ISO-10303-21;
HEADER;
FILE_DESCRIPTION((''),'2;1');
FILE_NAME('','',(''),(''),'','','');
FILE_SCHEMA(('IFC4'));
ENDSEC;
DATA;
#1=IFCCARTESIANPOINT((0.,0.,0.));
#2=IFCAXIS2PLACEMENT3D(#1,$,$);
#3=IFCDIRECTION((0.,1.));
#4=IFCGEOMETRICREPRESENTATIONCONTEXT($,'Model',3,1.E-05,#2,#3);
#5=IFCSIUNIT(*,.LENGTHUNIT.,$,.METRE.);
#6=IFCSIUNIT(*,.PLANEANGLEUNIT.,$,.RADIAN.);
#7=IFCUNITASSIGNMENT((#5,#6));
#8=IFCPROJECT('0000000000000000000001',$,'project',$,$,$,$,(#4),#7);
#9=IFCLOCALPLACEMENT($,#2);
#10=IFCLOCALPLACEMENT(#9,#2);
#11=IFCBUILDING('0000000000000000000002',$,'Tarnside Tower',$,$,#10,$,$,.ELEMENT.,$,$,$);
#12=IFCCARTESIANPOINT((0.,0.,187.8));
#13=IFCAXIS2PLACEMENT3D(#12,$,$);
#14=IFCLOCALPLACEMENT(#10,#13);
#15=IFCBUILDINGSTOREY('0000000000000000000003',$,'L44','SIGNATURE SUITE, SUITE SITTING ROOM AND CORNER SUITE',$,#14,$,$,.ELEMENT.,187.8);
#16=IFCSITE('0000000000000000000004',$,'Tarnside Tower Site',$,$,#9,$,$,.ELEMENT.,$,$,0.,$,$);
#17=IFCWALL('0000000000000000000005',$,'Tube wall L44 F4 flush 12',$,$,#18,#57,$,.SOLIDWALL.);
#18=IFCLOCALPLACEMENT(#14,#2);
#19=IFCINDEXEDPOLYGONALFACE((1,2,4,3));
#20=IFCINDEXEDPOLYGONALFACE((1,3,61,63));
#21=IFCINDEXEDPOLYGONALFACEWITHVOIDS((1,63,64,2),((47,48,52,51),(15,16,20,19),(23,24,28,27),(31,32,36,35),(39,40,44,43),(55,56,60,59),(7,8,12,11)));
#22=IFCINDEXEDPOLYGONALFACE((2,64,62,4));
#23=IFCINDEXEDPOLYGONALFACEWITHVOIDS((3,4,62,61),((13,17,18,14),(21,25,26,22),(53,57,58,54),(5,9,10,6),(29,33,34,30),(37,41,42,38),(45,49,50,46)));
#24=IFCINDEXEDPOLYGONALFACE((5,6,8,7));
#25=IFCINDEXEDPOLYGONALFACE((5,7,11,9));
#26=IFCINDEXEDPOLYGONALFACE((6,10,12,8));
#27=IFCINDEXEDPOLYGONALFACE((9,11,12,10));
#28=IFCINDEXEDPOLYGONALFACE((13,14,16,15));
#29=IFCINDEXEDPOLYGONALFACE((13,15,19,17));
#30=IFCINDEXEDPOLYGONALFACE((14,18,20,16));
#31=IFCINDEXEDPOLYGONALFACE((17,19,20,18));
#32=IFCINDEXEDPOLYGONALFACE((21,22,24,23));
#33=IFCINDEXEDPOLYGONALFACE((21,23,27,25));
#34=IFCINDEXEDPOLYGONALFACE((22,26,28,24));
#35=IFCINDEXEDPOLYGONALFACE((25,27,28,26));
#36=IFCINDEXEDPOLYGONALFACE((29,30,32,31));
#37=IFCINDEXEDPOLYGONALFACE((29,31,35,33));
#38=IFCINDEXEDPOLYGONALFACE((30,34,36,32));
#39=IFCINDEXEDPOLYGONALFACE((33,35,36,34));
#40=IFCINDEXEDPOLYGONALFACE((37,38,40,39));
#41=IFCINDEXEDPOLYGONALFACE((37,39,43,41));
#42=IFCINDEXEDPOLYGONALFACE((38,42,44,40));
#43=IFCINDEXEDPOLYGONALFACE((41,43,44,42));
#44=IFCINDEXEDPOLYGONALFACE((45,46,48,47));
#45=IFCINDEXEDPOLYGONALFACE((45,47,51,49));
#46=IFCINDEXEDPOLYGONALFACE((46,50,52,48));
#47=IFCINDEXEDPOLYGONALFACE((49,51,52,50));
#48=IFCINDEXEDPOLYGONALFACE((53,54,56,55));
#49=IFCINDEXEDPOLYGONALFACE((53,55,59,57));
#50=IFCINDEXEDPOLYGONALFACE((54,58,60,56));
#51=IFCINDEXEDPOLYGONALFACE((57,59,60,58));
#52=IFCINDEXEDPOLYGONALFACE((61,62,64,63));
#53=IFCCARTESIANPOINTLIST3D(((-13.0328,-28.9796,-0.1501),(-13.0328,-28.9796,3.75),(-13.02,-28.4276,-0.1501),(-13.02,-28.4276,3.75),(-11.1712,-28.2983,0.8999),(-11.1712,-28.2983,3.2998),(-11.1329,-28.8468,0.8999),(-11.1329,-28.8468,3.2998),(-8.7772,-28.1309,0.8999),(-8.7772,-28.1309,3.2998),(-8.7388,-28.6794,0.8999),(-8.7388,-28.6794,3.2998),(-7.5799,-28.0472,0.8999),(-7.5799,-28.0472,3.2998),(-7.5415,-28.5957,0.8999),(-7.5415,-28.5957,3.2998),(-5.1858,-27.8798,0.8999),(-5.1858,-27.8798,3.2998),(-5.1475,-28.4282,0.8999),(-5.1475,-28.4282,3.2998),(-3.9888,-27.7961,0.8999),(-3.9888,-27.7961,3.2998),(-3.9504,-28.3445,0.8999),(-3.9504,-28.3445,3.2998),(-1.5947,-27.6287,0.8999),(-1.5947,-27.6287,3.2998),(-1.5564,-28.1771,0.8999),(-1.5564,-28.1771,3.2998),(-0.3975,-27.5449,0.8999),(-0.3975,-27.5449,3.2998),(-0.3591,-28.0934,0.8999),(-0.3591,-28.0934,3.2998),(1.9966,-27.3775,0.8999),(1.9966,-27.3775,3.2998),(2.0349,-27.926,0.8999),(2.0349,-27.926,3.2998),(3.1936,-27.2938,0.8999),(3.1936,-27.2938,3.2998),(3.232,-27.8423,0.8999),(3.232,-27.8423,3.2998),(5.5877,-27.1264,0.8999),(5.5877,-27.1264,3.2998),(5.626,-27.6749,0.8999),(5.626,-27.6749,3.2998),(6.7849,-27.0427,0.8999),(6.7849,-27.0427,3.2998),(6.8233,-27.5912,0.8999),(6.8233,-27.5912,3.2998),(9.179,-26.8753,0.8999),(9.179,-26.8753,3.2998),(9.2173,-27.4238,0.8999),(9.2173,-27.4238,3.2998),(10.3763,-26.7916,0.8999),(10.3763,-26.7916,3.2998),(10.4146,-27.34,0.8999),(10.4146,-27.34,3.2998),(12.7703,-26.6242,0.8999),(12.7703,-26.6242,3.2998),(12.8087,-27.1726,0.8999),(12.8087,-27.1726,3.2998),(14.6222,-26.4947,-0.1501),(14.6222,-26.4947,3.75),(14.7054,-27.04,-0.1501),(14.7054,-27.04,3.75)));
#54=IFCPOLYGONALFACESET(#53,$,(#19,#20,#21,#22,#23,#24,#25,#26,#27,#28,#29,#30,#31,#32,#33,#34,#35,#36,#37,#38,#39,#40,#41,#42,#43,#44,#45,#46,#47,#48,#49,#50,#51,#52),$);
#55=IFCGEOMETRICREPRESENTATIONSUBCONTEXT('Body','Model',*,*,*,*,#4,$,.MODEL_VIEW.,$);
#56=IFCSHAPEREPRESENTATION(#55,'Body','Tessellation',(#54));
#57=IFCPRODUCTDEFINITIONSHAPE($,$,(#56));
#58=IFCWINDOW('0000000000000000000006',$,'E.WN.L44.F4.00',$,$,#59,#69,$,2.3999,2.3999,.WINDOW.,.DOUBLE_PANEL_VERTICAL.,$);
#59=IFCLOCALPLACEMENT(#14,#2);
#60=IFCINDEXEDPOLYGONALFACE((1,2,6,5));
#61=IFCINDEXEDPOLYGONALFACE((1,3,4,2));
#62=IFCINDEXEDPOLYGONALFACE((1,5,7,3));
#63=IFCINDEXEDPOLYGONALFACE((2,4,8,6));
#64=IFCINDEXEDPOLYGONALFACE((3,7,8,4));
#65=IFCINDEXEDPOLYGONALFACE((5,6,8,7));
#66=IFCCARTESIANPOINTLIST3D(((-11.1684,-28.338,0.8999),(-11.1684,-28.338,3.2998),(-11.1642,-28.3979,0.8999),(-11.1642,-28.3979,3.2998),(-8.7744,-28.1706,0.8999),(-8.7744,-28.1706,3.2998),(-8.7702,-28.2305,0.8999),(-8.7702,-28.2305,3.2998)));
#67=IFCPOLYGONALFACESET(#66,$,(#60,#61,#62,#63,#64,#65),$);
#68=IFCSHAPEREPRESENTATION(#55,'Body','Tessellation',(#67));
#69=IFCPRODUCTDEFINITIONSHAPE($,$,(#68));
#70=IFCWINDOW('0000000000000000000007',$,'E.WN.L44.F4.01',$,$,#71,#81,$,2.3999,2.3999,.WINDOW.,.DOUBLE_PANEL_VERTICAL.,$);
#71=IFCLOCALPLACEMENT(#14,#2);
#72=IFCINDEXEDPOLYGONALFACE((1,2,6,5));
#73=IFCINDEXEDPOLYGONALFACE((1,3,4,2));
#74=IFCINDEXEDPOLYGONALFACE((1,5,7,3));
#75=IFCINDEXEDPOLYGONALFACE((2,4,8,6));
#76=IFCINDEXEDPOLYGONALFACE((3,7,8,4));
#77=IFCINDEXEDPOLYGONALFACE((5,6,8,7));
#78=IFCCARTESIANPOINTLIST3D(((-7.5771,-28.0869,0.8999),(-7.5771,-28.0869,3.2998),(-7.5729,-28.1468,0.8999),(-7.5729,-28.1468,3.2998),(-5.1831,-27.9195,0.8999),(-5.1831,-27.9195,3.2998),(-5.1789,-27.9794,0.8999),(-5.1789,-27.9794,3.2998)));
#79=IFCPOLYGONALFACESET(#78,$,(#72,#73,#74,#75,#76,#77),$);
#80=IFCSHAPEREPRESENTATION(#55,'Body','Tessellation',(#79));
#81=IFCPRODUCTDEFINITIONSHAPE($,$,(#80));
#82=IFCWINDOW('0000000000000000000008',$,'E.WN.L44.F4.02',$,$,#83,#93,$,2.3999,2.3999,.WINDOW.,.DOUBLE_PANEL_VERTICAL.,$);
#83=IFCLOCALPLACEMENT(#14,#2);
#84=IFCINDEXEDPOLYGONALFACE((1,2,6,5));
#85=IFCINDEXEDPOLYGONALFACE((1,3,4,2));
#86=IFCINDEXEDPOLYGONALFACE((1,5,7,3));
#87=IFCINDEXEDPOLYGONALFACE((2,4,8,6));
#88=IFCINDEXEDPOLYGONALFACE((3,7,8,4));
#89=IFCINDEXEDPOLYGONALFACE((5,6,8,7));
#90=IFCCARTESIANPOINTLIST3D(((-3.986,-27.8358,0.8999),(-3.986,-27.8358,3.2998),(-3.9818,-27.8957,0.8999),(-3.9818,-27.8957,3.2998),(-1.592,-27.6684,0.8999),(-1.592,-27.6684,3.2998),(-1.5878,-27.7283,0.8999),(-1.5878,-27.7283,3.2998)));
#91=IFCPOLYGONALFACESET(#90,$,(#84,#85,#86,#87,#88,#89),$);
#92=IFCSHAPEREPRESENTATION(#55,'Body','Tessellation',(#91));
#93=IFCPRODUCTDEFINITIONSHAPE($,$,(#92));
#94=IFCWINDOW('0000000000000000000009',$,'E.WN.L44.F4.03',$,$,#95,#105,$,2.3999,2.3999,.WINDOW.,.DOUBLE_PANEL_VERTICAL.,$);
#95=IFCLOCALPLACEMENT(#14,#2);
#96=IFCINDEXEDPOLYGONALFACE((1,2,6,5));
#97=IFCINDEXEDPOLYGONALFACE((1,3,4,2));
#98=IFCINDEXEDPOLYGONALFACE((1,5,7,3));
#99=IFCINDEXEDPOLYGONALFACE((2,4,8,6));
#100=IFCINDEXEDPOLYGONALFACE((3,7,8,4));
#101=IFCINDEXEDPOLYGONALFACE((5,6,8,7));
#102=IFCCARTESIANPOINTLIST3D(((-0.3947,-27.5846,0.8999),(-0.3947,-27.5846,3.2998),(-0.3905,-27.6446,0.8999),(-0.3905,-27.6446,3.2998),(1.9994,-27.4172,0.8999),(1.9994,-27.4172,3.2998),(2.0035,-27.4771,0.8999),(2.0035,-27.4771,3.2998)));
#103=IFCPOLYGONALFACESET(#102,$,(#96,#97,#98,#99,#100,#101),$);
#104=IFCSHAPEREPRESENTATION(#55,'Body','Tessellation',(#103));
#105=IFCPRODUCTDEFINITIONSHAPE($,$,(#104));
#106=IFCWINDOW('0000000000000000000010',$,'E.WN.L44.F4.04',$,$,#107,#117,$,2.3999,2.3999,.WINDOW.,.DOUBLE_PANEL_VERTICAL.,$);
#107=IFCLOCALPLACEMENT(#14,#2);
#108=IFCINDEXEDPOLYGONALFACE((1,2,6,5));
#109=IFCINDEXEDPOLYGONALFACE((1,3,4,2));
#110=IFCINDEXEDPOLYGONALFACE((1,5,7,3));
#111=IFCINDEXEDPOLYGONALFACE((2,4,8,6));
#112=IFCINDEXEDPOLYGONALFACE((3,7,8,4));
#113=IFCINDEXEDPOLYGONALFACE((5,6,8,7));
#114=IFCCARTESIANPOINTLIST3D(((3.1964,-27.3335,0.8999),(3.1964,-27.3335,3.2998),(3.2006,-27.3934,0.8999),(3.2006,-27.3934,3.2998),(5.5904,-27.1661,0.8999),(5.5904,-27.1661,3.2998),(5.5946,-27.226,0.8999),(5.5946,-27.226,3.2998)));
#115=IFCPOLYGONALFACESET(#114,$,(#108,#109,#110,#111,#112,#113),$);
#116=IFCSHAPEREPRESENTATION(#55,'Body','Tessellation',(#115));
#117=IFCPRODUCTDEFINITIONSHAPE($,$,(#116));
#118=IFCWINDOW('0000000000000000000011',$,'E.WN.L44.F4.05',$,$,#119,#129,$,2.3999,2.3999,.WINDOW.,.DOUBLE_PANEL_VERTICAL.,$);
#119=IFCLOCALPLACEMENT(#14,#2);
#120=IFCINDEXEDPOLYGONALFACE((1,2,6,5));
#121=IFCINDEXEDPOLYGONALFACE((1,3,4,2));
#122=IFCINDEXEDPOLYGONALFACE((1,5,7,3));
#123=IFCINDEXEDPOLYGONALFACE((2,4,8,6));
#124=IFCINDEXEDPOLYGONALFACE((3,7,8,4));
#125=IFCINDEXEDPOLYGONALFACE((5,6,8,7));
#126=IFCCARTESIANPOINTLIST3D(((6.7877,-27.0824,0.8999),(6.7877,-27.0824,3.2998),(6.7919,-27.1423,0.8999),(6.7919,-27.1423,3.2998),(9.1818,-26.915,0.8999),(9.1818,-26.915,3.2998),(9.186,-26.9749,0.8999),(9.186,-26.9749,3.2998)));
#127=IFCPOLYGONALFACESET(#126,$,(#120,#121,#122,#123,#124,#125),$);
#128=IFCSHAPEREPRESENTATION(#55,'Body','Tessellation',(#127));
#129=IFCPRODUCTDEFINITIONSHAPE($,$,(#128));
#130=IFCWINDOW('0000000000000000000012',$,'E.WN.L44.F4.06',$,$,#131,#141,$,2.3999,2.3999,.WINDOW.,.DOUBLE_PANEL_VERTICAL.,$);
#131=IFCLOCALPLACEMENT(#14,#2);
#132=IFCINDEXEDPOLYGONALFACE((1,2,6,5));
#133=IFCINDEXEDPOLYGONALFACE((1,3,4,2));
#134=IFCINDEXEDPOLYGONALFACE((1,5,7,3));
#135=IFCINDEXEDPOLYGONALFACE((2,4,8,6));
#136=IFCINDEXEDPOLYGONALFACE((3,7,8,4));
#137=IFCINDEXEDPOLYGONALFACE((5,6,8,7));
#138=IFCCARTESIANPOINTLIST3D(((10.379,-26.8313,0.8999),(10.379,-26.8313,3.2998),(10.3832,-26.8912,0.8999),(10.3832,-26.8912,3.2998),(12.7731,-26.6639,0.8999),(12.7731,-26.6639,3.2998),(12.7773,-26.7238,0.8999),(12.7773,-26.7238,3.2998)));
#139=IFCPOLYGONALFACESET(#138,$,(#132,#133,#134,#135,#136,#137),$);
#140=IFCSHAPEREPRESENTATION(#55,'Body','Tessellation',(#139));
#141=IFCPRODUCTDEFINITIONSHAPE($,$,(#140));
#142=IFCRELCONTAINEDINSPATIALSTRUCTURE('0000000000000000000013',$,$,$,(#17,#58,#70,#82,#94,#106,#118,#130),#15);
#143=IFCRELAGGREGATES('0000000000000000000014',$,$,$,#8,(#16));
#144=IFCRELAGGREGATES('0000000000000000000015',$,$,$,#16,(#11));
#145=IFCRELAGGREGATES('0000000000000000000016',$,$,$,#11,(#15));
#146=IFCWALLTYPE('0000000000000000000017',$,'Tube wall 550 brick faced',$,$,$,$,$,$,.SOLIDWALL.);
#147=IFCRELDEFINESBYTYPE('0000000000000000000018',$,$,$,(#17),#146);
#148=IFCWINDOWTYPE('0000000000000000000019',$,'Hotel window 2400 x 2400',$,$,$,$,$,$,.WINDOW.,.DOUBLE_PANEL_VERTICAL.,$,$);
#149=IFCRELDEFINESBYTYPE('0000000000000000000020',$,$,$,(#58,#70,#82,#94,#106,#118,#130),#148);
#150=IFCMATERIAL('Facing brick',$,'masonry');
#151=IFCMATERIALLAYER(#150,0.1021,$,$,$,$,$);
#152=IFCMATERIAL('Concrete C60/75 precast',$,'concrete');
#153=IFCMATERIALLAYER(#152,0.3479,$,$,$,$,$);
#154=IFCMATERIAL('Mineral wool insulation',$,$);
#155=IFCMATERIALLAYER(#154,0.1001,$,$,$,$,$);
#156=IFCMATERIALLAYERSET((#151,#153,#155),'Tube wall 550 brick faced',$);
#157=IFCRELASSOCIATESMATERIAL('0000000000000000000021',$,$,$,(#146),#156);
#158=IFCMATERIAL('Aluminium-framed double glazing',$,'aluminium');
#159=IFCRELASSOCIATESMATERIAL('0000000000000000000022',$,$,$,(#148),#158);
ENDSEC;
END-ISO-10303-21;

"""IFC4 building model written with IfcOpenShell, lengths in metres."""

from ifc_helpers import new_model, si_unit, direction, frame, frame_2d, origin, place, context, subcontext, project, spatial, polyline, rectangle, outline, extrude, material, layer, layer_set, type_object, element, fill, save


model = new_model("IFC4")

# Units and contexts
model_context = context("Model", 3, precision=1e-05, world=origin(), true_north=direction((0.0, 1.0)))
body_context = subcontext(model_context, "Body", "Model", "MODEL_VIEW")
ifc_project = project(units=[si_unit("LENGTHUNIT", "METRE"), si_unit("PLANEANGLEUNIT", "RADIAN")], contexts=[model_context])

# Site, building, storey
site_placement = place(None, origin())
site = spatial("IfcSite", under=ifc_project, at=site_placement, Name="Tarnside Tower Site", CompositionType="ELEMENT", RefElevation=0.0)
building_placement = place(site_placement, origin())
building = spatial("IfcBuilding", under=site, at=building_placement, Name="Tarnside Tower", CompositionType="ELEMENT")
storey_placement = place(building_placement, frame((0.0, 0.0, 187.8)))
storey = spatial("IfcBuildingStorey", under=building, at=storey_placement, Name="L44", Description="SIGNATURE SUITE, SUITE SITTING ROOM AND CORNER SUITE", CompositionType="ELEMENT", Elevation=187.8)

# Shared definitions
ifc_material_1 = material(Name="Facing brick", Category="masonry")
ifc_layer_1 = layer(ifc_material_1, 0.1021)
ifc_material_2 = material(Name="Concrete C60/75 precast", Category="concrete")
ifc_layer_2 = layer(ifc_material_2, 0.3479)
ifc_material_3 = material(Name="Mineral wool insulation")
ifc_layer_3 = layer(ifc_material_3, 0.1001)
ifc_layer_set_1 = layer_set([ifc_layer_1, ifc_layer_2, ifc_layer_3], Name="Tube wall 550 brick faced")
wall_type_1 = type_object("IfcWallType", Name="Tube wall 550 brick faced", PredefinedType="SOLIDWALL", material=ifc_layer_set_1)

# Wall, openings, windows
wall_1_placement = place(storey_placement, frame((-13.0264, -28.7036, -0.1501), z_axis=(0.0, 0.0, 1.0), x_axis=(0.997564, 0.069756, 0.0)))
wall_1 = element("IfcWall", 1, at=wall_1_placement, inside=storey, type_object=wall_type_1, Name="Tube wall L44 F4 flush 12", PredefinedType="SOLIDWALL", context=body_context, shape_type="SweptSolid", body=[
    extrude(outline(polyline([(-0.0256, -0.2749), (27.7803, -0.2749), (27.7354, 0.2749), (0.0256, 0.2749), (-0.0256, -0.2749)])), origin(), (0.0, 0.0, 1.0), 3.9001),
])
opening_1_placement = place(wall_1_placement, frame((1.8789, 0.0, 1.05)))
opening_1 = element("IfcOpeningElement", 2, at=opening_1_placement, cuts=wall_1, PredefinedType="OPENING", context=body_context, shape_type="SweptSolid", body=[
    extrude(rectangle(XDim=2.3999, YDim=2.3999, at=frame_2d((1.2, 1.2))), frame((0.0, 0.2852, 0.0), z_axis=(0.0, -1.0, 0.0), x_axis=(1.0, 0.0, 0.0)), (0.0, 0.0, 1.0), 0.5701),
])
opening_2_placement = place(wall_1_placement, frame((5.479, 0.0, 1.05)))
opening_2 = element("IfcOpeningElement", 3, at=opening_2_placement, cuts=wall_1, PredefinedType="OPENING", context=body_context, shape_type="SweptSolid", body=[
    extrude(rectangle(XDim=2.3999, YDim=2.3999, at=frame_2d((1.2, 1.2))), frame((0.0, 0.2852, 0.0), z_axis=(0.0, -1.0, 0.0), x_axis=(1.0, 0.0, 0.0)), (0.0, 0.0, 1.0), 0.5701),
])
opening_3_placement = place(wall_1_placement, frame((9.0789, 0.0, 1.05)))
opening_3 = element("IfcOpeningElement", 4, at=opening_3_placement, cuts=wall_1, PredefinedType="OPENING", context=body_context, shape_type="SweptSolid", body=[
    extrude(rectangle(XDim=2.3999, YDim=2.3999, at=frame_2d((1.2, 1.2))), frame((0.0, 0.2852, 0.0), z_axis=(0.0, -1.0, 0.0), x_axis=(1.0, 0.0, 0.0)), (0.0, 0.0, 1.0), 0.5701),
])
opening_4_placement = place(wall_1_placement, frame((12.679, 0.0, 1.05)))
opening_4 = element("IfcOpeningElement", 5, at=opening_4_placement, cuts=wall_1, PredefinedType="OPENING", context=body_context, shape_type="SweptSolid", body=[
    extrude(rectangle(XDim=2.3999, YDim=2.3999, at=frame_2d((1.2, 1.2))), frame((0.0, 0.2852, 0.0), z_axis=(0.0, -1.0, 0.0), x_axis=(1.0, 0.0, 0.0)), (0.0, 0.0, 1.0), 0.5701),
])
opening_5_placement = place(wall_1_placement, frame((16.2788, 0.0, 1.05)))
opening_5 = element("IfcOpeningElement", 6, at=opening_5_placement, cuts=wall_1, PredefinedType="OPENING", context=body_context, shape_type="SweptSolid", body=[
    extrude(rectangle(XDim=2.3999, YDim=2.3999, at=frame_2d((1.2, 1.2))), frame((0.0, 0.2852, 0.0), z_axis=(0.0, -1.0, 0.0), x_axis=(1.0, 0.0, 0.0)), (0.0, 0.0, 1.0), 0.5701),
])
opening_6_placement = place(wall_1_placement, frame((19.8789, 0.0, 1.05)))
opening_6 = element("IfcOpeningElement", 7, at=opening_6_placement, cuts=wall_1, PredefinedType="OPENING", context=body_context, shape_type="SweptSolid", body=[
    extrude(rectangle(XDim=2.3999, YDim=2.3999, at=frame_2d((1.2, 1.2))), frame((0.0, 0.2852, 0.0), z_axis=(0.0, -1.0, 0.0), x_axis=(1.0, 0.0, 0.0)), (0.0, 0.0, 1.0), 0.5701),
])
opening_7_placement = place(wall_1_placement, frame((23.479, 0.0, 1.05)))
opening_7 = element("IfcOpeningElement", 8, at=opening_7_placement, cuts=wall_1, PredefinedType="OPENING", context=body_context, shape_type="SweptSolid", body=[
    extrude(rectangle(XDim=2.3999, YDim=2.3999, at=frame_2d((1.2, 1.2))), frame((0.0, 0.2852, 0.0), z_axis=(0.0, -1.0, 0.0), x_axis=(1.0, 0.0, 0.0)), (0.0, 0.0, 1.0), 0.5701),
])
ifc_material_4 = material(Name="Aluminium-framed double glazing", Category="aluminium")
window_type = type_object("IfcWindowType", Name="Hotel window 2400 x 2400", PartitioningType="DOUBLE_PANEL_VERTICAL", PredefinedType="WINDOW", material=ifc_material_4)
window_1_placement = place(opening_1_placement, frame((0.0, 0.2051, 0.0)))
window_1 = element("IfcWindow", 9, at=window_1_placement, inside=storey, type_object=window_type, Name="E.WN.L44.F4.00", OverallHeight=2.3999, OverallWidth=2.3999, PartitioningType="DOUBLE_PANEL_VERTICAL", PredefinedType="WINDOW", context=body_context, shape_type="SweptSolid", body=[
    extrude(rectangle(XDim=2.3999, YDim=2.3999, at=frame_2d((1.2, 1.2))), frame((0.0, 0.03, 0.0), z_axis=(0.0, -1.0, 0.0), x_axis=(1.0, 0.0, 0.0)), (0.0, 0.0, 1.0), 0.0601),
])
fill(opening_1, window_1)
window_2_placement = place(opening_2_placement, frame((0.0, 0.2051, 0.0)))
window_2 = element("IfcWindow", 10, at=window_2_placement, inside=storey, type_object=window_type, Name="E.WN.L44.F4.01", OverallHeight=2.3999, OverallWidth=2.3999, PartitioningType="DOUBLE_PANEL_VERTICAL", PredefinedType="WINDOW", context=body_context, shape_type="SweptSolid", body=[
    extrude(rectangle(XDim=2.3999, YDim=2.3999, at=frame_2d((1.2, 1.2))), frame((0.0, 0.03, 0.0), z_axis=(0.0, -1.0, 0.0), x_axis=(1.0, 0.0, 0.0)), (0.0, 0.0, 1.0), 0.0601),
])
fill(opening_2, window_2)
window_3_placement = place(opening_3_placement, frame((0.0, 0.2051, 0.0)))
window_3 = element("IfcWindow", 11, at=window_3_placement, inside=storey, type_object=window_type, Name="E.WN.L44.F4.02", OverallHeight=2.3999, OverallWidth=2.3999, PartitioningType="DOUBLE_PANEL_VERTICAL", PredefinedType="WINDOW", context=body_context, shape_type="SweptSolid", body=[
    extrude(rectangle(XDim=2.3999, YDim=2.3999, at=frame_2d((1.2, 1.2))), frame((0.0, 0.03, 0.0), z_axis=(0.0, -1.0, 0.0), x_axis=(1.0, 0.0, 0.0)), (0.0, 0.0, 1.0), 0.0601),
])
fill(opening_3, window_3)
window_4_placement = place(opening_4_placement, frame((0.0, 0.2051, 0.0)))
window_4 = element("IfcWindow", 12, at=window_4_placement, inside=storey, type_object=window_type, Name="E.WN.L44.F4.03", OverallHeight=2.3999, OverallWidth=2.3999, PartitioningType="DOUBLE_PANEL_VERTICAL", PredefinedType="WINDOW", context=body_context, shape_type="SweptSolid", body=[
    extrude(rectangle(XDim=2.3999, YDim=2.3999, at=frame_2d((1.2, 1.2))), frame((0.0, 0.03, 0.0), z_axis=(0.0, -1.0, 0.0), x_axis=(1.0, 0.0, 0.0)), (0.0, 0.0, 1.0), 0.0601),
])
fill(opening_4, window_4)
window_5_placement = place(opening_5_placement, frame((0.0, 0.2051, 0.0)))
window_5 = element("IfcWindow", 13, at=window_5_placement, inside=storey, type_object=window_type, Name="E.WN.L44.F4.04", OverallHeight=2.3999, OverallWidth=2.3999, PartitioningType="DOUBLE_PANEL_VERTICAL", PredefinedType="WINDOW", context=body_context, shape_type="SweptSolid", body=[
    extrude(rectangle(XDim=2.3999, YDim=2.3999, at=frame_2d((1.2, 1.2))), frame((0.0, 0.03, 0.0), z_axis=(0.0, -1.0, 0.0), x_axis=(1.0, 0.0, 0.0)), (0.0, 0.0, 1.0), 0.0601),
])
fill(opening_5, window_5)
window_6_placement = place(opening_6_placement, frame((0.0, 0.2051, 0.0)))
window_6 = element("IfcWindow", 14, at=window_6_placement, inside=storey, type_object=window_type, Name="E.WN.L44.F4.05", OverallHeight=2.3999, OverallWidth=2.3999, PartitioningType="DOUBLE_PANEL_VERTICAL", PredefinedType="WINDOW", context=body_context, shape_type="SweptSolid", body=[
    extrude(rectangle(XDim=2.3999, YDim=2.3999, at=frame_2d((1.2, 1.2))), frame((0.0, 0.03, 0.0), z_axis=(0.0, -1.0, 0.0), x_axis=(1.0, 0.0, 0.0)), (0.0, 0.0, 1.0), 0.0601),
])
fill(opening_6, window_6)
window_7_placement = place(opening_7_placement, frame((0.0, 0.2051, 0.0)))
window_7 = element("IfcWindow", 15, at=window_7_placement, inside=storey, type_object=window_type, Name="E.WN.L44.F4.06", OverallHeight=2.3999, OverallWidth=2.3999, PartitioningType="DOUBLE_PANEL_VERTICAL", PredefinedType="WINDOW", context=body_context, shape_type="SweptSolid", body=[
    extrude(rectangle(XDim=2.3999, YDim=2.3999, at=frame_2d((1.2, 1.2))), frame((0.0, 0.03, 0.0), z_axis=(0.0, -1.0, 0.0), x_axis=(1.0, 0.0, 0.0)), (0.0, 0.0, 1.0), 0.0601),
])
fill(opening_7, window_7)

save(model, "model.ifc")
